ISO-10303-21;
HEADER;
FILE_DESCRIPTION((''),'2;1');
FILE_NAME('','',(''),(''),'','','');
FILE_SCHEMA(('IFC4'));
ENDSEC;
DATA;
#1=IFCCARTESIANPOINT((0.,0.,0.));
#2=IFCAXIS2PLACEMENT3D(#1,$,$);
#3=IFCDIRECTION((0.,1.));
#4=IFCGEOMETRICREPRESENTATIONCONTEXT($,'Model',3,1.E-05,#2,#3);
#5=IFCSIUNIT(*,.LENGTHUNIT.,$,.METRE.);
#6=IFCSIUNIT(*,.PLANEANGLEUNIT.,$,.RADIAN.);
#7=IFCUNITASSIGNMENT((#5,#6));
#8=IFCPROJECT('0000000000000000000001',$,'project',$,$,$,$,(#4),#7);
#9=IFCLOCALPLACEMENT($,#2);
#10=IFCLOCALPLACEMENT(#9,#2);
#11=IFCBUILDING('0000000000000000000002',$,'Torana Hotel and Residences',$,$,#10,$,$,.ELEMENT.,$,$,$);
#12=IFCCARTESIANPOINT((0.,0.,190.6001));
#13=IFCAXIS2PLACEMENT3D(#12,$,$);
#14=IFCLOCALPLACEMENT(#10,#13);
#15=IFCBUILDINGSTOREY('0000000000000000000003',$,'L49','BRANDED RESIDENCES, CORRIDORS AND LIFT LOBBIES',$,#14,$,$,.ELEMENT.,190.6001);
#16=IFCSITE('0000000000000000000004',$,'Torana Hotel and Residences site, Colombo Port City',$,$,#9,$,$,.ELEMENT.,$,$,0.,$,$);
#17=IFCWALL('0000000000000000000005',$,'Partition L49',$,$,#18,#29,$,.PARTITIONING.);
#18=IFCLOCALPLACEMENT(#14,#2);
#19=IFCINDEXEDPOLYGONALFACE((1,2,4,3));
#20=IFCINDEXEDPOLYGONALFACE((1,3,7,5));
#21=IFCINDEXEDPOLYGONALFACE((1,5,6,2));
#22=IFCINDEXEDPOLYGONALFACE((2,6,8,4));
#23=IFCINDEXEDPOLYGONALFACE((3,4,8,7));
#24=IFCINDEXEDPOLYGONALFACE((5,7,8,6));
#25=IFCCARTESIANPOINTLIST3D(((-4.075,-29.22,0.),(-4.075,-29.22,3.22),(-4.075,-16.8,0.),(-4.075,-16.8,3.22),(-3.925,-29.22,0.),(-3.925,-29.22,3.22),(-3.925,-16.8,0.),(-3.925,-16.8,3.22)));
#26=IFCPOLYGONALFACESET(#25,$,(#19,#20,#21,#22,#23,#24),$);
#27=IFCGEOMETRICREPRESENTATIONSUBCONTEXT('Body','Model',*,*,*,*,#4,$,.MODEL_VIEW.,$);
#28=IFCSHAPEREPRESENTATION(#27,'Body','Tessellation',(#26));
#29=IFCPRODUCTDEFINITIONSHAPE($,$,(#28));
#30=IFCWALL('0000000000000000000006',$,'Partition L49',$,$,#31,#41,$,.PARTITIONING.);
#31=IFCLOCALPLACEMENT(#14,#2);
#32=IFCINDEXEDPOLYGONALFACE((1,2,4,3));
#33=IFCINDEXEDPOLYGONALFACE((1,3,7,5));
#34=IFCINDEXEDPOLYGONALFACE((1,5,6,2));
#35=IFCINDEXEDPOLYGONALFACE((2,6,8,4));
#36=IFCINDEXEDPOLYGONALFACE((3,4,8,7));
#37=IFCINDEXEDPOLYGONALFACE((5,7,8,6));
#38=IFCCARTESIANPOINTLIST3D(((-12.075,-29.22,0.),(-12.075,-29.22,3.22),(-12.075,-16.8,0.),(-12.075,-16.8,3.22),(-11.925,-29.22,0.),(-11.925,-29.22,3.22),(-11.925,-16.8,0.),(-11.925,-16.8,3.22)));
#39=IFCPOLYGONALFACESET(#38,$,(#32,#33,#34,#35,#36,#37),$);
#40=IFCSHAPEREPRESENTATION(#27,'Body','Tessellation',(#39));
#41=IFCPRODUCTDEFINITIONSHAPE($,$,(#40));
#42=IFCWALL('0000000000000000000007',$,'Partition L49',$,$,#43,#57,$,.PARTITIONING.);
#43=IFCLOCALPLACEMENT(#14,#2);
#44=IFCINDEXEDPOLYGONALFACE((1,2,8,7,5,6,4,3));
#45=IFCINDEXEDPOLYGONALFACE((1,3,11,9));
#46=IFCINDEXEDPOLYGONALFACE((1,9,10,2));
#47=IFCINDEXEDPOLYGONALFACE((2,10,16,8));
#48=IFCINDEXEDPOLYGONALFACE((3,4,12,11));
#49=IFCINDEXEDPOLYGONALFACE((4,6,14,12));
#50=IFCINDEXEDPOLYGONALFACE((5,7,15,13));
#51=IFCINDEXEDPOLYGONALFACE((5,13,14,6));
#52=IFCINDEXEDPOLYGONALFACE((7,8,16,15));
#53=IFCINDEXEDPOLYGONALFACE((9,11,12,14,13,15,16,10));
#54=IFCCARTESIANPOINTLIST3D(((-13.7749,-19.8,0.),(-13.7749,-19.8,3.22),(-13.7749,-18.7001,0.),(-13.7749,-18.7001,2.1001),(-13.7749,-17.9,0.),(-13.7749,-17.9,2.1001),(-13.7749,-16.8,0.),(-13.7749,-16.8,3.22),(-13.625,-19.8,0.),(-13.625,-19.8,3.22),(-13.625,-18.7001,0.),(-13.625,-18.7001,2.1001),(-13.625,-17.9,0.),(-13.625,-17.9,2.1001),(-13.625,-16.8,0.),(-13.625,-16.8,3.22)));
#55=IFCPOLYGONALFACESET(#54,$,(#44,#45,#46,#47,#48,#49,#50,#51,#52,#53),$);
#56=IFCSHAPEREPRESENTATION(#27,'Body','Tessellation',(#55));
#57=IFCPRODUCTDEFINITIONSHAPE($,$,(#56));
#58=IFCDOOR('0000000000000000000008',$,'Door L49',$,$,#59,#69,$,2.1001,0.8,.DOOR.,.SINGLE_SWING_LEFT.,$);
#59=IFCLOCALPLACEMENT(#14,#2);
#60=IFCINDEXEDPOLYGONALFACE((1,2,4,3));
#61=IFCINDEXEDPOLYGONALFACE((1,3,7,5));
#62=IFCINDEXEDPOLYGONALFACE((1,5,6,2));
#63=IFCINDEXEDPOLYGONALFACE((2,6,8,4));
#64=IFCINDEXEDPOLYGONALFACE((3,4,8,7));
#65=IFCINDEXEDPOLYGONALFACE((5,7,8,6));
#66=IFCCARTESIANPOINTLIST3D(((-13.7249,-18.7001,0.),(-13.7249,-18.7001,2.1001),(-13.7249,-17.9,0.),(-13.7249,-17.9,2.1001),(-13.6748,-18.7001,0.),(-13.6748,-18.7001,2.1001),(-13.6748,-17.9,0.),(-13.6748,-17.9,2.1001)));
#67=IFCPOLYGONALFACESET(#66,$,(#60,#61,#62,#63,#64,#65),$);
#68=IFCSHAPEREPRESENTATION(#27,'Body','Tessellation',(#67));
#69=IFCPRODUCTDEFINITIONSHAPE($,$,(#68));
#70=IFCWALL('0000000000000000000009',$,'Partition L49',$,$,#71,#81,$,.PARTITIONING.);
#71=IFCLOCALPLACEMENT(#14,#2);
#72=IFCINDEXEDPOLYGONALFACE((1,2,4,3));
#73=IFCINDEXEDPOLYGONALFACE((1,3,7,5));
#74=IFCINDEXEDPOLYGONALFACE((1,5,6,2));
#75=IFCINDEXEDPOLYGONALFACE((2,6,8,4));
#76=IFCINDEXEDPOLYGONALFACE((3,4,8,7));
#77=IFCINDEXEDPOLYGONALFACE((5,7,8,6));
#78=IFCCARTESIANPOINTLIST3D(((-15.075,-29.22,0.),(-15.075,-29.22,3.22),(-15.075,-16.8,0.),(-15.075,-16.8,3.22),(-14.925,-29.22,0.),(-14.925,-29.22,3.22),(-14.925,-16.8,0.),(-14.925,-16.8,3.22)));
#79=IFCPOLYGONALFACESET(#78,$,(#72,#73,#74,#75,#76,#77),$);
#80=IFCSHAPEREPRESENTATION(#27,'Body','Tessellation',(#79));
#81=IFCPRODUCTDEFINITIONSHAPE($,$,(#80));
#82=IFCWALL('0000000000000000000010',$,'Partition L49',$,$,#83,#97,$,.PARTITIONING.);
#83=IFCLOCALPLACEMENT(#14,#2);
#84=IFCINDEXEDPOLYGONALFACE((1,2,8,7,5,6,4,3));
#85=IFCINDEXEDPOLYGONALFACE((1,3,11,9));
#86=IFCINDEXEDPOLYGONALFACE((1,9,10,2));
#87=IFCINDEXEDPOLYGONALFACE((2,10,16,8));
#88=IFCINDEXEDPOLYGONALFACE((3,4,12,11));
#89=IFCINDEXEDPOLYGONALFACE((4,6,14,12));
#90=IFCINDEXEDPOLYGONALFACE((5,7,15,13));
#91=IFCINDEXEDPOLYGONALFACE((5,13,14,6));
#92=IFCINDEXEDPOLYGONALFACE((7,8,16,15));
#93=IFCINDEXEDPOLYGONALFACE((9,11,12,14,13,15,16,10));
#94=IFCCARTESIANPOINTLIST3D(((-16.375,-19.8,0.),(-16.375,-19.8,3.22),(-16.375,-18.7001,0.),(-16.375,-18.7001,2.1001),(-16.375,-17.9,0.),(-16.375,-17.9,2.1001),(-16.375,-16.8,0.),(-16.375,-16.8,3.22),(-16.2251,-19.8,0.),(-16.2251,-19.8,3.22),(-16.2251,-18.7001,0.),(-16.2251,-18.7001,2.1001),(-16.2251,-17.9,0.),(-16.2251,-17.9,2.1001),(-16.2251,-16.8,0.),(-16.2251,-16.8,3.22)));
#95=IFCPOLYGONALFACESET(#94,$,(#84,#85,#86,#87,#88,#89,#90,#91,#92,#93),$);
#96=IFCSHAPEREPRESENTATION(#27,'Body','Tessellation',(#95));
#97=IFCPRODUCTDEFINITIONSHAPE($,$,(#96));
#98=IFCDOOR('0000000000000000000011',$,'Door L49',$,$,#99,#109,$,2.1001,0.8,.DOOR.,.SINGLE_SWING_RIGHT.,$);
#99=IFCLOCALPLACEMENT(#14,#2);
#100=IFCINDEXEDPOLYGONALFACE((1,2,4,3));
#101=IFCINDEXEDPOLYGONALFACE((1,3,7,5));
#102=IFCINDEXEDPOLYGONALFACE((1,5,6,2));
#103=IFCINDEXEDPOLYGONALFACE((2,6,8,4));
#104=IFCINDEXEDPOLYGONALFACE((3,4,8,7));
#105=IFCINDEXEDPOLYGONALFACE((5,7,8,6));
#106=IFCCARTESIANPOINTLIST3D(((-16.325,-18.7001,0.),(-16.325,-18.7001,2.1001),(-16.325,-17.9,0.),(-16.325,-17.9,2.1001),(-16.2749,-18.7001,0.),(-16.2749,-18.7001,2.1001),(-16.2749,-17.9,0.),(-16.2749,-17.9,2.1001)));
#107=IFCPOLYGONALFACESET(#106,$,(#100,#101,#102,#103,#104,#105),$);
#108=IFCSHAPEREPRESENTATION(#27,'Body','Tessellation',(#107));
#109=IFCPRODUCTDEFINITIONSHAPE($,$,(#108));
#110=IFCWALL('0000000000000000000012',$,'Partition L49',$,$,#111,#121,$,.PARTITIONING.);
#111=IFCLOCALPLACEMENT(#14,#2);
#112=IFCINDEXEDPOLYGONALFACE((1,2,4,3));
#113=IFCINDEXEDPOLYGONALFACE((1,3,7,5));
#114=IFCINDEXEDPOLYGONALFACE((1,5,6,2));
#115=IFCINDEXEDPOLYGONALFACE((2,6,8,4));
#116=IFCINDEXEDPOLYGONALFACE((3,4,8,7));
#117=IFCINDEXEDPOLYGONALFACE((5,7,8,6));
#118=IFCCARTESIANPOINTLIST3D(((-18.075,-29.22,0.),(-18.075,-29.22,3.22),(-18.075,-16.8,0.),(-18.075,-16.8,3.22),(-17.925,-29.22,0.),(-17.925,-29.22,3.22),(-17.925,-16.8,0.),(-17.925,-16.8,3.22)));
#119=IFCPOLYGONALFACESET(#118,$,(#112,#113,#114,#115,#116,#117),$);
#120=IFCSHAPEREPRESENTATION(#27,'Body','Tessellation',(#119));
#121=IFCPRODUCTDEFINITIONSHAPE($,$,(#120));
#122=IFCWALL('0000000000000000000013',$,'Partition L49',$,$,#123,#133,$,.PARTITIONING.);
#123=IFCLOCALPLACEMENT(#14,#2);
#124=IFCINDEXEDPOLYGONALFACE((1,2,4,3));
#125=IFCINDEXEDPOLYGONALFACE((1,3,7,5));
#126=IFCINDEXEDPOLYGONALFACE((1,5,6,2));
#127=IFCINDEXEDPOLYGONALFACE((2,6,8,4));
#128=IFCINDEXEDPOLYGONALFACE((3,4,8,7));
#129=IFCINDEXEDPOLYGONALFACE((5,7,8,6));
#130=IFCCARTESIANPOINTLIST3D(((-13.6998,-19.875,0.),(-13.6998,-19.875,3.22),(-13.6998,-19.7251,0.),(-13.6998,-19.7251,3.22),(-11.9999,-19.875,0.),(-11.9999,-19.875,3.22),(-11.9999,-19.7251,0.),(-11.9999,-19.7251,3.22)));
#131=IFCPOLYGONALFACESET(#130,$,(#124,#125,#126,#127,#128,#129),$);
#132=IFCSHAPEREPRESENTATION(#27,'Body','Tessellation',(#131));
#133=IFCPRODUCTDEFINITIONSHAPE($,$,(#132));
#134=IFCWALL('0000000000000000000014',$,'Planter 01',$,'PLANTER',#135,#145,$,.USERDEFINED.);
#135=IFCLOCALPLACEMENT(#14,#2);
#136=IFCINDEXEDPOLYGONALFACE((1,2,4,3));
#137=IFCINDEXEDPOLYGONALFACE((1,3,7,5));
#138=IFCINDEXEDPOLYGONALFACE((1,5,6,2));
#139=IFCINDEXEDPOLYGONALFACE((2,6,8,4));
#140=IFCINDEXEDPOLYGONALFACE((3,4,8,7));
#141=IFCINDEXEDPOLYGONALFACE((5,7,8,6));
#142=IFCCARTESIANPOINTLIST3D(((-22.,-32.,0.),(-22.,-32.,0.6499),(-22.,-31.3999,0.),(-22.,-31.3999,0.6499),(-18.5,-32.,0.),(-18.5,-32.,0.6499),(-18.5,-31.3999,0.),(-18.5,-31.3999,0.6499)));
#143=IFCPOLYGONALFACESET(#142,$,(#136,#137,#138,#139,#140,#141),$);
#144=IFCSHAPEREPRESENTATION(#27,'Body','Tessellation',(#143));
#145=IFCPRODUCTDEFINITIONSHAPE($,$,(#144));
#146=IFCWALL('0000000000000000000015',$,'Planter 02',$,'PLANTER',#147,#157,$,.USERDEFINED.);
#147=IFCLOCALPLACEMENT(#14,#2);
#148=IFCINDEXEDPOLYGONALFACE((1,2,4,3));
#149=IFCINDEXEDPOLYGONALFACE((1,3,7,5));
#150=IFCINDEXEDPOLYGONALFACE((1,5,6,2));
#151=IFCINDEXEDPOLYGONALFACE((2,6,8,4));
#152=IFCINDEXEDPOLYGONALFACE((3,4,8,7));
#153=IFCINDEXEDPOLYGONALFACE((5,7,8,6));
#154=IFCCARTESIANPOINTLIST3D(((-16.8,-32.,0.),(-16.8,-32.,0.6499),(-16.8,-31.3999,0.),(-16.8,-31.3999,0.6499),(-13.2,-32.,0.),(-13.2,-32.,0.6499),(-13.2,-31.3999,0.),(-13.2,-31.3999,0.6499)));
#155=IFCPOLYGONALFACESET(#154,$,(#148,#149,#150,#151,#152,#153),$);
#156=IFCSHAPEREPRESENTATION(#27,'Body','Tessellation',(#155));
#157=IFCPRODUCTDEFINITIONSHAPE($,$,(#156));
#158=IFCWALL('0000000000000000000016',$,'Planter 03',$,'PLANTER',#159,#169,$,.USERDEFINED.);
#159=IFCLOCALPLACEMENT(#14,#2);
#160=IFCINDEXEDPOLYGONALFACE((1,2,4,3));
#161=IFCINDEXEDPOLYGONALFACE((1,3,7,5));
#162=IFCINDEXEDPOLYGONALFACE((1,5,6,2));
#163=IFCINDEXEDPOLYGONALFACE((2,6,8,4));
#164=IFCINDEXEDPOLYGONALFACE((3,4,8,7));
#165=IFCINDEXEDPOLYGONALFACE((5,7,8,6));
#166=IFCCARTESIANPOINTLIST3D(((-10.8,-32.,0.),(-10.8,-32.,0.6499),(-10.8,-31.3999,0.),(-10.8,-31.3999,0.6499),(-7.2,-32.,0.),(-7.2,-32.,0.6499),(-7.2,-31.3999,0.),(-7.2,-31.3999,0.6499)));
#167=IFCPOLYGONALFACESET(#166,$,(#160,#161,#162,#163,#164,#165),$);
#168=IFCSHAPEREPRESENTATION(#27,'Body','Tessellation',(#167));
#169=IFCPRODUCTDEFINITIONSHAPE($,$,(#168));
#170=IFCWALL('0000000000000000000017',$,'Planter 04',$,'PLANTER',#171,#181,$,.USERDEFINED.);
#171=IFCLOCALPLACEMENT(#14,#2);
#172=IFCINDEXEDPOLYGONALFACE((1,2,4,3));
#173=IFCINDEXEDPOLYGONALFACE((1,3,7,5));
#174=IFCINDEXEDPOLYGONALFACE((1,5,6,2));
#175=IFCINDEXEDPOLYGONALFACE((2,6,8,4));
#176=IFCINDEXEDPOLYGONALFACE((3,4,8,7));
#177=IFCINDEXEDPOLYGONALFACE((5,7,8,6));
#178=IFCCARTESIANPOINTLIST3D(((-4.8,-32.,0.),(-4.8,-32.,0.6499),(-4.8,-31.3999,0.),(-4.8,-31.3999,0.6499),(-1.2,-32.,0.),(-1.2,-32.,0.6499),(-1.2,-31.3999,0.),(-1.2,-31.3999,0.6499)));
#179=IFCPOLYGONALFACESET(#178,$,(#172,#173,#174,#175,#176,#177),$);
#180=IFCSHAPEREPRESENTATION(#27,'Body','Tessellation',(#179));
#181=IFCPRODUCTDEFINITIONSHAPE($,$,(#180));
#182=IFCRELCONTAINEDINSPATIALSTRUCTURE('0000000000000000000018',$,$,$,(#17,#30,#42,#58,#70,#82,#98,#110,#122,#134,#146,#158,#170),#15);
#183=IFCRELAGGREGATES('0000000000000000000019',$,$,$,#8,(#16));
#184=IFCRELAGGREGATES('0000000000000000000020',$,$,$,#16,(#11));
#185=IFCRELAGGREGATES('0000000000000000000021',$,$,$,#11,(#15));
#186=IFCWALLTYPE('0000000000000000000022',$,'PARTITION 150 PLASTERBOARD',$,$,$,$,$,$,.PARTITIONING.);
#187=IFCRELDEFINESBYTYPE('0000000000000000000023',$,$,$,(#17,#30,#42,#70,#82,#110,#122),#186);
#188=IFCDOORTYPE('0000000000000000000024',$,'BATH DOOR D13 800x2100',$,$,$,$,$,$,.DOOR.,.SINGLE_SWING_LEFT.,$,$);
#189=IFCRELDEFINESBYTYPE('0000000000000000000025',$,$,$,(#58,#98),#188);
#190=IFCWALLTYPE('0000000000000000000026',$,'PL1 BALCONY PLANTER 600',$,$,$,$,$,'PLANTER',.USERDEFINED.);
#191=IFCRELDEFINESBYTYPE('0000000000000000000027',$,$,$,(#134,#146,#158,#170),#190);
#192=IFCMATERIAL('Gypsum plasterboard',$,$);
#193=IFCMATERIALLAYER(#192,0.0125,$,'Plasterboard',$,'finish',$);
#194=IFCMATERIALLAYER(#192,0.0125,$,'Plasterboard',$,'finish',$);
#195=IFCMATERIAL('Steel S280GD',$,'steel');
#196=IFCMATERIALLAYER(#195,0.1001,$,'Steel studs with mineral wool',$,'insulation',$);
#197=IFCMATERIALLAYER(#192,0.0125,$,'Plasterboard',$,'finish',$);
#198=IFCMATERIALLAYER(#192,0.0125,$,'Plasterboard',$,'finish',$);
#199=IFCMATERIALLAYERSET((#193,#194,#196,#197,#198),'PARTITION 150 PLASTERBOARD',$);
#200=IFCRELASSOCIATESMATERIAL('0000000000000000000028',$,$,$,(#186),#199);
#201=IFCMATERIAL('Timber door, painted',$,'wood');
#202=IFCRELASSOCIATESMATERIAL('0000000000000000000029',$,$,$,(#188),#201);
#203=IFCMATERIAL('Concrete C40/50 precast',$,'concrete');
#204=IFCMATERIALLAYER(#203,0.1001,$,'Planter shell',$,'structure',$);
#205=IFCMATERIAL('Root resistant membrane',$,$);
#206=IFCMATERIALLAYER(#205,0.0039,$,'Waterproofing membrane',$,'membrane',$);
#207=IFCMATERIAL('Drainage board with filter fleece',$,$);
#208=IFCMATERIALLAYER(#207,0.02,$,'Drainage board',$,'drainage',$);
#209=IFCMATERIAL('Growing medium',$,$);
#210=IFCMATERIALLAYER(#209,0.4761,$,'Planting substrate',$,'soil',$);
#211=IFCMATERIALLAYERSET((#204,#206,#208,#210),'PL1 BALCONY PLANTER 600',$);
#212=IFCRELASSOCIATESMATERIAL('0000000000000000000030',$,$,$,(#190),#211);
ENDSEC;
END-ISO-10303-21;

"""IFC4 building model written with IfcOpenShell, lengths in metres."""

from ifc_helpers import new_model, si_unit, direction, frame, frame_2d, origin, place, context, subcontext, project, spatial, rectangle, extrude, material, layer, layer_set, type_object, element, fill, save


model = new_model("IFC4")

# Units and contexts
model_context = context("Model", 3, precision=1e-05, world=origin(), true_north=direction((0.0, 1.0)))
body_context = subcontext(model_context, "Body", "Model", "MODEL_VIEW")
ifc_project = project(units=[si_unit("LENGTHUNIT", "METRE"), si_unit("PLANEANGLEUNIT", "RADIAN")], contexts=[model_context])

# Site, building, storey
site_placement = place(None, origin())
site = spatial("IfcSite", under=ifc_project, at=site_placement, Name="Torana Hotel and Residences site, Colombo Port City", CompositionType="ELEMENT", RefElevation=0.0)
building_placement = place(site_placement, origin())
building = spatial("IfcBuilding", under=site, at=building_placement, Name="Torana Hotel and Residences", CompositionType="ELEMENT")
storey_placement = place(building_placement, frame((0.0, 0.0, 190.6001)))
storey = spatial("IfcBuildingStorey", under=building, at=storey_placement, Name="L49", Description="BRANDED RESIDENCES, CORRIDORS AND LIFT LOBBIES", CompositionType="ELEMENT", Elevation=190.6001)

# Walls
ifc_material_1 = material(Name="Gypsum plasterboard")
ifc_layer_1 = layer(ifc_material_1, 0.0125, Name="Plasterboard", Category="finish")
ifc_layer_2 = layer(ifc_material_1, 0.0125, Name="Plasterboard", Category="finish")
ifc_material_2 = material(Name="Steel S280GD", Category="steel")
ifc_layer_3 = layer(ifc_material_2, 0.1001, Name="Steel studs with mineral wool", Category="insulation")
ifc_layer_4 = layer(ifc_material_1, 0.0125, Name="Plasterboard", Category="finish")
ifc_layer_5 = layer(ifc_material_1, 0.0125, Name="Plasterboard", Category="finish")
ifc_layer_set_1 = layer_set([ifc_layer_1, ifc_layer_2, ifc_layer_3, ifc_layer_4, ifc_layer_5], Name="PARTITION 150 PLASTERBOARD")
wall_type_1 = type_object("IfcWallType", Name="PARTITION 150 PLASTERBOARD", PredefinedType="PARTITIONING", material=ifc_layer_set_1)
for number, where, z_axis, x_axis, name in (
    (1, (-4.0, -29.22, 0.0), (0.0, 0.0, 1.0), (0.0, 1.0, 0.0), "Partition L49"),
    (2, (-12.0, -29.22, 0.0), (0.0, 0.0, 1.0), (0.0, 1.0, 0.0), "Partition L49"),
):
    element("IfcWall", number, at=place(storey_placement, frame(where, z_axis=z_axis, x_axis=x_axis)), inside=storey, type_object=wall_type_1, Name=name, PredefinedType="PARTITIONING", context=body_context, shape_type="SweptSolid", body=[
        extrude(rectangle(XDim=12.4199, YDim=0.1499, at=frame_2d((6.21, 0.0))), origin(), (0.0, 0.0, 1.0), 3.22),
    ])

# Wall, opening, door
wall_1_placement = place(storey_placement, frame((-13.7, -19.8, 0.0), z_axis=(0.0, 0.0, 1.0), x_axis=(0.0, 1.0, 0.0)))
wall_1 = element("IfcWall", 3, at=wall_1_placement, inside=storey, type_object=wall_type_1, Name="Partition L49", PredefinedType="PARTITIONING", context=body_context, shape_type="SweptSolid", body=[
    extrude(rectangle(XDim=3.0, YDim=0.1499, at=frame_2d((1.5, 0.0))), origin(), (0.0, 0.0, 1.0), 3.22),
])
opening_1_placement = place(wall_1_placement, frame((1.1001, 0.0, 0.0)))
opening_1 = element("IfcOpeningElement", 4, at=opening_1_placement, cuts=wall_1, PredefinedType="OPENING", context=body_context, shape_type="SweptSolid", body=[
    extrude(rectangle(XDim=0.8, YDim=2.1001, at=frame_2d((0.3999, 1.05))), frame((0.0, 0.085, 0.0), z_axis=(0.0, -1.0, 0.0), x_axis=(1.0, 0.0, 0.0)), (0.0, 0.0, 1.0), 0.1699),
])
ifc_material_3 = material(Name="Timber door, painted", Category="wood")
door_type_1 = type_object("IfcDoorType", Name="BATH DOOR D13 800x2100", OperationType="SINGLE_SWING_LEFT", PredefinedType="DOOR", material=ifc_material_3)
door_1_placement = place(opening_1_placement, origin())
door_1 = element("IfcDoor", 5, at=door_1_placement, inside=storey, type_object=door_type_1, Name="Door L49", OperationType="SINGLE_SWING_LEFT", OverallHeight=2.1001, OverallWidth=0.8, PredefinedType="DOOR", context=body_context, shape_type="SweptSolid", body=[
    extrude(rectangle(XDim=0.8, YDim=2.1001, at=frame_2d((0.3999, 1.05))), frame((0.0, 0.0249, 0.0), z_axis=(0.0, -1.0, 0.0), x_axis=(1.0, 0.0, 0.0)), (0.0, 0.0, 1.0), 0.05),
])
fill(opening_1, door_1)

# Wall
wall_2_placement = place(storey_placement, frame((-15.0, -29.22, 0.0), z_axis=(0.0, 0.0, 1.0), x_axis=(0.0, 1.0, 0.0)))
element("IfcWall", 6, at=wall_2_placement, inside=storey, type_object=wall_type_1, Name="Partition L49", PredefinedType="PARTITIONING", context=body_context, shape_type="SweptSolid", body=[
    extrude(rectangle(XDim=12.4199, YDim=0.1499, at=frame_2d((6.21, 0.0))), origin(), (0.0, 0.0, 1.0), 3.22),
])

# Wall, opening, door
wall_3_placement = place(storey_placement, frame((-16.3, -19.8, 0.0), z_axis=(0.0, 0.0, 1.0), x_axis=(0.0, 1.0, 0.0)))
wall_3 = element("IfcWall", 7, at=wall_3_placement, inside=storey, type_object=wall_type_1, Name="Partition L49", PredefinedType="PARTITIONING", context=body_context, shape_type="SweptSolid", body=[
    extrude(rectangle(XDim=3.0, YDim=0.1499, at=frame_2d((1.5, 0.0))), origin(), (0.0, 0.0, 1.0), 3.22),
])
opening_2_placement = place(wall_3_placement, frame((1.1001, 0.0, 0.0)))
opening_2 = element("IfcOpeningElement", 8, at=opening_2_placement, cuts=wall_3, PredefinedType="OPENING", context=body_context, shape_type="SweptSolid", body=[
    extrude(rectangle(XDim=0.8, YDim=2.1001, at=frame_2d((0.3999, 1.05))), frame((0.0, 0.085, 0.0), z_axis=(0.0, -1.0, 0.0), x_axis=(1.0, 0.0, 0.0)), (0.0, 0.0, 1.0), 0.1699),
])
door_2_placement = place(opening_2_placement, origin())
door_2 = element("IfcDoor", 9, at=door_2_placement, inside=storey, type_object=door_type_1, Name="Door L49", OperationType="SINGLE_SWING_RIGHT", OverallHeight=2.1001, OverallWidth=0.8, PredefinedType="DOOR", context=body_context, shape_type="SweptSolid", body=[
    extrude(rectangle(XDim=0.8, YDim=2.1001, at=frame_2d((0.3999, 1.05))), frame((0.0, 0.0249, 0.0), z_axis=(0.0, -1.0, 0.0), x_axis=(1.0, 0.0, 0.0)), (0.0, 0.0, 1.0), 0.05),
])
fill(opening_2, door_2)

# Walls
wall_4_placement = place(storey_placement, frame((-18.0, -29.22, 0.0), z_axis=(0.0, 0.0, 1.0), x_axis=(0.0, 1.0, 0.0)))
element("IfcWall", 10, at=wall_4_placement, inside=storey, type_object=wall_type_1, Name="Partition L49", PredefinedType="PARTITIONING", context=body_context, shape_type="SweptSolid", body=[
    extrude(rectangle(XDim=12.4199, YDim=0.1499, at=frame_2d((6.21, 0.0))), origin(), (0.0, 0.0, 1.0), 3.22),
])
wall_5_placement = place(storey_placement, frame((-13.7, -19.8, 0.0), z_axis=(0.0, 0.0, 1.0), x_axis=(1.0, 0.0, 0.0)))
element("IfcWall", 11, at=wall_5_placement, inside=storey, type_object=wall_type_1, Name="Partition L49", PredefinedType="PARTITIONING", context=body_context, shape_type="SweptSolid", body=[
    extrude(rectangle(XDim=1.7, YDim=0.1499, at=frame_2d((0.8501, 0.0))), origin(), (0.0, 0.0, 1.0), 3.22),
])
ifc_material_4 = material(Name="Concrete C40/50 precast", Category="concrete")
ifc_layer_6 = layer(ifc_material_4, 0.1001, Name="Planter shell", Category="structure")
ifc_material_5 = material(Name="Root resistant membrane")
ifc_layer_7 = layer(ifc_material_5, 0.0039, Name="Waterproofing membrane", Category="membrane")
ifc_material_6 = material(Name="Drainage board with filter fleece")
ifc_layer_8 = layer(ifc_material_6, 0.02, Name="Drainage board", Category="drainage")
ifc_material_7 = material(Name="Growing medium")
ifc_layer_9 = layer(ifc_material_7, 0.4761, Name="Planting substrate", Category="soil")
ifc_layer_set_2 = layer_set([ifc_layer_6, ifc_layer_7, ifc_layer_8, ifc_layer_9], Name="PL1 BALCONY PLANTER 600")
wall_type_2 = type_object("IfcWallType", Name="PL1 BALCONY PLANTER 600", ElementType="PLANTER", PredefinedType="USERDEFINED", material=ifc_layer_set_2)
wall_6_placement = place(storey_placement, frame((-18.5, -31.7, 0.0), z_axis=(0.0, 0.0, 1.0), x_axis=(-1.0, 0.0, 0.0)))
element("IfcWall", 12, at=wall_6_placement, inside=storey, type_object=wall_type_2, Name="Planter 01", ObjectType="PLANTER", PredefinedType="USERDEFINED", context=body_context, shape_type="SweptSolid", body=[
    extrude(rectangle(XDim=3.5, YDim=0.6001, at=frame_2d((1.75, 0.0))), origin(), (0.0, 0.0, 1.0), 0.6499),
])
for number, where, z_axis, x_axis, name in (
    (13, (-13.2, -31.7, 0.0), (0.0, 0.0, 1.0), (-1.0, 0.0, 0.0), "Planter 02"),
    (14, (-7.2, -31.7, 0.0), (0.0, 0.0, 1.0), (-1.0, 0.0, 0.0), "Planter 03"),
    (15, (-1.2, -31.7, 0.0), (0.0, 0.0, 1.0), (-1.0, 0.0, 0.0), "Planter 04"),
):
    element("IfcWall", number, at=place(storey_placement, frame(where, z_axis=z_axis, x_axis=x_axis)), inside=storey, type_object=wall_type_2, Name=name, ObjectType="PLANTER", PredefinedType="USERDEFINED", context=body_context, shape_type="SweptSolid", body=[
        extrude(rectangle(XDim=3.6001, YDim=0.6001, at=frame_2d((1.8, 0.0))), origin(), (0.0, 0.0, 1.0), 0.6499),
    ])

save(model, "model.ifc")
